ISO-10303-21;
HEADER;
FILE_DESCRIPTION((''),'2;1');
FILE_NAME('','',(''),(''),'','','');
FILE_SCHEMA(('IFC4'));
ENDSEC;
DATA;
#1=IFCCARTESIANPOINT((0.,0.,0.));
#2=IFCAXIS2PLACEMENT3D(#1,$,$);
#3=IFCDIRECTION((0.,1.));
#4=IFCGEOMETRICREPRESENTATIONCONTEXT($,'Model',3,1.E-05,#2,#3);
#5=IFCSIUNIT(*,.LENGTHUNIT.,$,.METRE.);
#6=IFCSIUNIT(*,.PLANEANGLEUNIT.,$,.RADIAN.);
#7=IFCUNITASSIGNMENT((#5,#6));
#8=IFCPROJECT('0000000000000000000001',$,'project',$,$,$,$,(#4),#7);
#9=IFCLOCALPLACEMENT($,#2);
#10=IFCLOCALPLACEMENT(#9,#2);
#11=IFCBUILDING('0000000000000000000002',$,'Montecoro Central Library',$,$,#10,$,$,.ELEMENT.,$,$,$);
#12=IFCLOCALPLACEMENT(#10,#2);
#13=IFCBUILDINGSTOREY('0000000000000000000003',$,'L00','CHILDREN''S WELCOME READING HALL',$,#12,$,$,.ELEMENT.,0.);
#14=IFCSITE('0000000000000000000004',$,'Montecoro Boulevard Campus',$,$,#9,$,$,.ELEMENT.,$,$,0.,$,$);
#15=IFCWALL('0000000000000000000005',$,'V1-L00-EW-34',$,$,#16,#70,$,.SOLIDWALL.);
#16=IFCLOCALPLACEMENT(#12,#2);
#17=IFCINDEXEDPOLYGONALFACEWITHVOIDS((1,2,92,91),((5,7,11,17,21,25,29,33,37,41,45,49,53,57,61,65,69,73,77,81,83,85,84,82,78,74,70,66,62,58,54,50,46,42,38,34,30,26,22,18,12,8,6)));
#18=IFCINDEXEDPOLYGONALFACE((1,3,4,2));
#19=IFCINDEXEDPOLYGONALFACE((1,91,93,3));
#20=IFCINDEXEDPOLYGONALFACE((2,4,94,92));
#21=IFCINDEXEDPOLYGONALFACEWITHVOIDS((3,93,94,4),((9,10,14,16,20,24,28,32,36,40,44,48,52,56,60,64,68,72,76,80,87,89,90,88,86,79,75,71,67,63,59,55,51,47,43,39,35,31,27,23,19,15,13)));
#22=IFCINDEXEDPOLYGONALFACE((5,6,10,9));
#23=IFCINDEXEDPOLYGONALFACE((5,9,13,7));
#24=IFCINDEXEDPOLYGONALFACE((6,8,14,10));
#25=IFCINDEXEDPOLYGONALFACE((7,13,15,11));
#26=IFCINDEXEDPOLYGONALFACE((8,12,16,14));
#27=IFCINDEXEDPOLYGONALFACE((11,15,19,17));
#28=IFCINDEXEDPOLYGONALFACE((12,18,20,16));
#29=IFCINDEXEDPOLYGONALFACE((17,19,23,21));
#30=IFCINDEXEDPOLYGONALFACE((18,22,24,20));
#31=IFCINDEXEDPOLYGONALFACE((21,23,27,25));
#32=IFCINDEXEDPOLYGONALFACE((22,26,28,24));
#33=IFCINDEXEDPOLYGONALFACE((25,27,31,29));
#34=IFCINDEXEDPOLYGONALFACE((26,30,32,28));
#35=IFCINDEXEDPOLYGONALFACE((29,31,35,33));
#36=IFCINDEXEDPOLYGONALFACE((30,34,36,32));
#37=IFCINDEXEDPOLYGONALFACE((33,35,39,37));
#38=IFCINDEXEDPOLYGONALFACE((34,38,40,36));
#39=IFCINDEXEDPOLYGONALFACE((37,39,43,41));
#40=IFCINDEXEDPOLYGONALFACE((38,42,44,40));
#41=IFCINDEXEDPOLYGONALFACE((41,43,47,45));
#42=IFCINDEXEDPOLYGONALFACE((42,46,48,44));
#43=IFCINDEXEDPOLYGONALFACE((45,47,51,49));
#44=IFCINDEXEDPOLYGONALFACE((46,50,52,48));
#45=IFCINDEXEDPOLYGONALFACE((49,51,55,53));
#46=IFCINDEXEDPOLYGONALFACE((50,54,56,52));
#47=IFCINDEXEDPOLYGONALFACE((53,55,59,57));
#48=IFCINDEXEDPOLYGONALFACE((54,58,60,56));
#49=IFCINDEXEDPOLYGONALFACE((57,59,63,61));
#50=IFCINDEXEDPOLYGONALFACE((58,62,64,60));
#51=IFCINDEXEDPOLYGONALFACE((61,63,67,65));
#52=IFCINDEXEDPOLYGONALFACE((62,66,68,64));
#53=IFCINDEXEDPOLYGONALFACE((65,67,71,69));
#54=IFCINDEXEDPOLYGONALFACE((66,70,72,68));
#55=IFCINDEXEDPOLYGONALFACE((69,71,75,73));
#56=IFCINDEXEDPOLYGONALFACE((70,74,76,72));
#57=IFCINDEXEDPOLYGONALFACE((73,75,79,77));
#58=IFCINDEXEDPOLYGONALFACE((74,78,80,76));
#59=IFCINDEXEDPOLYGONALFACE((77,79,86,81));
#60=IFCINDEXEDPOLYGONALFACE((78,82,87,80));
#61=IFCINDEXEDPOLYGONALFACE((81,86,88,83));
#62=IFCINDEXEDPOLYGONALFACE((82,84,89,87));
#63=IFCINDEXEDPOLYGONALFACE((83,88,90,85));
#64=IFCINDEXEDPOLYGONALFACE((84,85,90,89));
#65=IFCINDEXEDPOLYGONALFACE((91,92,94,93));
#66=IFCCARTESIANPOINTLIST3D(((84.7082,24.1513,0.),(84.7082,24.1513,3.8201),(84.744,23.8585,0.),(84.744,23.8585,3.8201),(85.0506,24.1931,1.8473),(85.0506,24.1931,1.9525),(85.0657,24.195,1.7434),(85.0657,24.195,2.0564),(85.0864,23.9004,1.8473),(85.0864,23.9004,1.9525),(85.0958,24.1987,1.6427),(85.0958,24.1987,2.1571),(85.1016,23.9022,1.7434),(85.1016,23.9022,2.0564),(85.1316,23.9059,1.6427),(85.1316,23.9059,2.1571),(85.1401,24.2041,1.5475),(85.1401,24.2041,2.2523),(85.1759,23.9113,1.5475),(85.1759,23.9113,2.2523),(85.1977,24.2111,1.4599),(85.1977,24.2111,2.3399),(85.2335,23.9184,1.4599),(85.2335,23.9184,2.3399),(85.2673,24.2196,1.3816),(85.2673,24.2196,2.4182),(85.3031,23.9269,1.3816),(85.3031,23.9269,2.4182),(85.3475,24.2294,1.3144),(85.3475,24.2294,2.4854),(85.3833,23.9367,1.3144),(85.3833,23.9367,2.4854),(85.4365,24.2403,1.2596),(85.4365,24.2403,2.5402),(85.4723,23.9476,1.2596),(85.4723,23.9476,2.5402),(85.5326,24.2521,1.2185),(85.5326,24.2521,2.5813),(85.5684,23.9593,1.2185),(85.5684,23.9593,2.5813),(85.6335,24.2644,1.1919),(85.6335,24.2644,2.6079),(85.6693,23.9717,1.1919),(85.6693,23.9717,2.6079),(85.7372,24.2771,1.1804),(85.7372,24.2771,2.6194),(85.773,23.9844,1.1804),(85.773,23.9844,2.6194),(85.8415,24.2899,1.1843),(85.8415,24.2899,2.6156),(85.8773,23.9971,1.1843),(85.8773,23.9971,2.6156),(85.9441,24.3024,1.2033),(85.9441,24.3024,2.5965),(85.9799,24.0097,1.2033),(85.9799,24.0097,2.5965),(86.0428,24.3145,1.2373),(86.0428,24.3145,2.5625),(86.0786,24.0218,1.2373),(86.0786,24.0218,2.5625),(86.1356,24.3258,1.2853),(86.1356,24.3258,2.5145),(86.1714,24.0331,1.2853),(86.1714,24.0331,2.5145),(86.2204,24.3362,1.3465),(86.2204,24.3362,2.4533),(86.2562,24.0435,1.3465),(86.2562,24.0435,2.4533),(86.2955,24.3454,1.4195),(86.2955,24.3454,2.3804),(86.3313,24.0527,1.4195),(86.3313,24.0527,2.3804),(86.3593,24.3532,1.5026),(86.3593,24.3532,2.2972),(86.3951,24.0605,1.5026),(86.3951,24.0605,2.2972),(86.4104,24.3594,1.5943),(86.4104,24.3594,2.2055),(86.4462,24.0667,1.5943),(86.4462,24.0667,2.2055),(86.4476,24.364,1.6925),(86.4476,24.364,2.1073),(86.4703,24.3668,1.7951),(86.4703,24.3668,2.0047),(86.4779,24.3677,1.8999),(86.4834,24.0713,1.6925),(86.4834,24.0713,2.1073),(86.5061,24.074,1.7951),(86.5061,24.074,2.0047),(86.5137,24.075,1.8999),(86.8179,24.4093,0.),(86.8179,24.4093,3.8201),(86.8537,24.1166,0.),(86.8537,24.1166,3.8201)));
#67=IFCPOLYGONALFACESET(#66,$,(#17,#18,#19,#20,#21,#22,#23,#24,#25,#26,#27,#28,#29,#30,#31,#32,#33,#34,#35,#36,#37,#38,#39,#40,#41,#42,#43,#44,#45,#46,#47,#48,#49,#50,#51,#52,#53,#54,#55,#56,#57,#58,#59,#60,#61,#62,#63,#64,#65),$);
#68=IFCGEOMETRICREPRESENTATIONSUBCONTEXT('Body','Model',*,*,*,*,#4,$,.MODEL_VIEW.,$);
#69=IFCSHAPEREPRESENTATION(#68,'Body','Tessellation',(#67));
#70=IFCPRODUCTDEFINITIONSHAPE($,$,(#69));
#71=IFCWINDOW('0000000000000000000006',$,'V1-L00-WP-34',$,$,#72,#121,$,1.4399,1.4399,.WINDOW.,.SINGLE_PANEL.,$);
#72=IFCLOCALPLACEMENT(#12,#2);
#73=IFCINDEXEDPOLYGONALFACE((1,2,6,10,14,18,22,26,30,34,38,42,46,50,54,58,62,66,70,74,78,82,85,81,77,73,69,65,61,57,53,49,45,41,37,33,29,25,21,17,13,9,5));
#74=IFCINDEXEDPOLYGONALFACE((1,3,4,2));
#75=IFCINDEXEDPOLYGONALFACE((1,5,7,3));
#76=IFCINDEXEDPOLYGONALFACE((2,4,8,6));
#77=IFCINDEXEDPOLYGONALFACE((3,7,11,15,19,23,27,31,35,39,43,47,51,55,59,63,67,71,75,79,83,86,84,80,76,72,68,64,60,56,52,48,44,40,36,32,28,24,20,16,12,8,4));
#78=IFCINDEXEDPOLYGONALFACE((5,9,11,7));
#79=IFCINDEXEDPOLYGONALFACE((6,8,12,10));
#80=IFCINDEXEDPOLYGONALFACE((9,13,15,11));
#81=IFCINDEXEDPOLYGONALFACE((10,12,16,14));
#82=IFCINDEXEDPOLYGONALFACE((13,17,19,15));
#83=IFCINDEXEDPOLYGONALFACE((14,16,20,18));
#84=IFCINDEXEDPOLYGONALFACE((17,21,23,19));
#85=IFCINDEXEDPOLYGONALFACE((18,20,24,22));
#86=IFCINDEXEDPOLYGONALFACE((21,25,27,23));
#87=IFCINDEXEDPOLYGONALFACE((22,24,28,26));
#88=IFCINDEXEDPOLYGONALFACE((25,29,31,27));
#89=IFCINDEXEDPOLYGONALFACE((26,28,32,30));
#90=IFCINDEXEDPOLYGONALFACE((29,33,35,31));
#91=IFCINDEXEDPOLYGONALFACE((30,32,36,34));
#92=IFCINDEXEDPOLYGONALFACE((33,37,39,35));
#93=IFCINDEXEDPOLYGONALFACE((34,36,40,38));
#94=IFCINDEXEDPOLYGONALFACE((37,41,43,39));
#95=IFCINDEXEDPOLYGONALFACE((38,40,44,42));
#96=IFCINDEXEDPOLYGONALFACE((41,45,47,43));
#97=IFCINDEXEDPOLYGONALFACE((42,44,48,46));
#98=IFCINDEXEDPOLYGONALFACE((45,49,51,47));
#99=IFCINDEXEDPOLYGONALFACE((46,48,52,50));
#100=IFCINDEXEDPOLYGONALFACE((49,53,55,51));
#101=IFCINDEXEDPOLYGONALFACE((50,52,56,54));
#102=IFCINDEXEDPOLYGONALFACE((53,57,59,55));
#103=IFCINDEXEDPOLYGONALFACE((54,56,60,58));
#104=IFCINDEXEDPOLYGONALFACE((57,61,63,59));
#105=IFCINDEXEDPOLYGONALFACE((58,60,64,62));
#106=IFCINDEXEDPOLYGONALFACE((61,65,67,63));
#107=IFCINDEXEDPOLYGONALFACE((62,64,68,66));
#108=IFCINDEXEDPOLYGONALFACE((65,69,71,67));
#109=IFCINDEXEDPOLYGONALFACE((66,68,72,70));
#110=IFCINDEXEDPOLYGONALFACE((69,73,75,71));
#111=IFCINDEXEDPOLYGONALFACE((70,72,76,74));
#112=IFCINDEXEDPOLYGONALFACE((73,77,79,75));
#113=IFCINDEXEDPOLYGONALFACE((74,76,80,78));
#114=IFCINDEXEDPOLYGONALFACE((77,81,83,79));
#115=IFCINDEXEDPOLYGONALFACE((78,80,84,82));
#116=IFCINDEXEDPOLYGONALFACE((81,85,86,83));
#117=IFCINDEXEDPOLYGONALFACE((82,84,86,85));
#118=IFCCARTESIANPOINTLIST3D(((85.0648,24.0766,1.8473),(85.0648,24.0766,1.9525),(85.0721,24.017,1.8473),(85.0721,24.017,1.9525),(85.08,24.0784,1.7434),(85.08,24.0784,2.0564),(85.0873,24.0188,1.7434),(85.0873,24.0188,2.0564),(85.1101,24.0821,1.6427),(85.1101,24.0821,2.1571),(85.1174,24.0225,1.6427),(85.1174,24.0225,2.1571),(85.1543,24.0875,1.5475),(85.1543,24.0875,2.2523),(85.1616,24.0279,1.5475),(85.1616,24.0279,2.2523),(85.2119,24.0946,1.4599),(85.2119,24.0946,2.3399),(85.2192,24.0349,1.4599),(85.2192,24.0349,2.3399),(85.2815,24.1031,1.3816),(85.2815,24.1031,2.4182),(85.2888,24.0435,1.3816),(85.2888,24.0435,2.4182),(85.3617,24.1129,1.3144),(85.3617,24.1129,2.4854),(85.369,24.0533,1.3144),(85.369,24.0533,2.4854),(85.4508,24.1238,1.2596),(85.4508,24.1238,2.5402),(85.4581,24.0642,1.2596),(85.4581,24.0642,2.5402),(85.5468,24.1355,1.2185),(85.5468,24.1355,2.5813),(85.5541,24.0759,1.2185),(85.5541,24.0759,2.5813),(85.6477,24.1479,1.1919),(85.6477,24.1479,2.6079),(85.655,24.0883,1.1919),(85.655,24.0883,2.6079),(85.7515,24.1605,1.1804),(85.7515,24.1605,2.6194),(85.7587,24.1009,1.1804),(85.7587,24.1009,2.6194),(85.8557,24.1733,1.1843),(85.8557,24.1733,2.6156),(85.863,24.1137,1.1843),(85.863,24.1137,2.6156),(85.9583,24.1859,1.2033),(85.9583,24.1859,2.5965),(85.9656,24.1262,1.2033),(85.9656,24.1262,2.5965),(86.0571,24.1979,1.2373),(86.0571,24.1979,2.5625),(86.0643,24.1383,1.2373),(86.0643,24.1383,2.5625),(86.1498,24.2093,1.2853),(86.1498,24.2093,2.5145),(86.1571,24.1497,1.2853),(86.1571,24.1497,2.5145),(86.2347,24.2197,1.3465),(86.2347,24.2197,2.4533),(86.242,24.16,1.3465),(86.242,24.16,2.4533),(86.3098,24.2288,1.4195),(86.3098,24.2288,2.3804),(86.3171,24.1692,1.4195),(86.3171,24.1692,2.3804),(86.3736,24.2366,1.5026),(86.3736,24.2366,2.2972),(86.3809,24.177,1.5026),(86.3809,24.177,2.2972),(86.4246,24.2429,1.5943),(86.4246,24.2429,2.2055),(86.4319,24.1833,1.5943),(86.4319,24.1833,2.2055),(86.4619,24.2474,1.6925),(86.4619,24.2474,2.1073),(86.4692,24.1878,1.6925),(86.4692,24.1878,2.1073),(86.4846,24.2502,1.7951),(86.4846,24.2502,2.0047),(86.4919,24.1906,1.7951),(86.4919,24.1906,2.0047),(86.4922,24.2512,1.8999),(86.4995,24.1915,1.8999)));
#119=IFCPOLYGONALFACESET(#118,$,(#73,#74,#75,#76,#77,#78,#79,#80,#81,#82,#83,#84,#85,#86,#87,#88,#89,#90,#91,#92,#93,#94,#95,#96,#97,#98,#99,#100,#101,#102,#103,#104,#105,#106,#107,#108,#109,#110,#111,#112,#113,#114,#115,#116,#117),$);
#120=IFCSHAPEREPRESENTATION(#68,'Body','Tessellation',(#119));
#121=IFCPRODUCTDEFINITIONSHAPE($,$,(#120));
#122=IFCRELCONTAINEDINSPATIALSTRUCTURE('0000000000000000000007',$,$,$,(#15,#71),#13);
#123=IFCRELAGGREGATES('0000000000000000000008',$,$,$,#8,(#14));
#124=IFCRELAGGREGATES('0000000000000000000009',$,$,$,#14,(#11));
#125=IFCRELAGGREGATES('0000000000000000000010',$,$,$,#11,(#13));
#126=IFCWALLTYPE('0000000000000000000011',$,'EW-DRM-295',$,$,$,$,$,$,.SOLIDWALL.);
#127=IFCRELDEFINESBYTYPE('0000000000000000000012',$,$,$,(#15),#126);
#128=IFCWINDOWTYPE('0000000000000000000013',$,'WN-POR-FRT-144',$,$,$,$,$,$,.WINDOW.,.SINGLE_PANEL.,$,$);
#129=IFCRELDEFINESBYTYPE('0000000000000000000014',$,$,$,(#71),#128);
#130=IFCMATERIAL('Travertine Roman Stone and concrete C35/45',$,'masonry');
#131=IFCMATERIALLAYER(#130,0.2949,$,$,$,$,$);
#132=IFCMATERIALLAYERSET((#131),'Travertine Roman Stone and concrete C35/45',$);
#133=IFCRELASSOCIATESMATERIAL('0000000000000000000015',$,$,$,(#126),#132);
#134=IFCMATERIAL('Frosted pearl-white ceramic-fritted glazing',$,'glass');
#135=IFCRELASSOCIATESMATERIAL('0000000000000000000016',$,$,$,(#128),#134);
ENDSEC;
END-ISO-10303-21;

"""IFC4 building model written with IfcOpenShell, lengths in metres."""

from ifc_helpers import new_model, si_unit, direction, frame, frame_2d, origin, place, context, subcontext, project, spatial, rectangle, circle, extrude, material, layer, layer_set, type_object, element, fill, save


model = new_model("IFC4")

# Units and contexts
model_context = context("Model", 3, precision=1e-05, world=origin(), true_north=direction((0.0, 1.0)))
body_context = subcontext(model_context, "Body", "Model", "MODEL_VIEW")
ifc_project = project(units=[si_unit("LENGTHUNIT", "METRE"), si_unit("PLANEANGLEUNIT", "RADIAN")], contexts=[model_context])

# Site, building, storey
site_placement = place(None, origin())
site = spatial("IfcSite", under=ifc_project, at=site_placement, Name="Montecoro Boulevard Campus", CompositionType="ELEMENT", RefElevation=0.0)
building_placement = place(site_placement, origin())
building = spatial("IfcBuilding", under=site, at=building_placement, Name="Montecoro Central Library", CompositionType="ELEMENT")
storey_placement = place(building_placement, origin())
storey = spatial("IfcBuildingStorey", under=building, at=storey_placement, Name="L00", Description="CHILDREN'S WELCOME READING HALL", CompositionType="ELEMENT", Elevation=0.0)

# Wall, opening, window
ifc_material_1 = material(Name="Travertine Roman Stone and concrete C35/45", Category="masonry")
ifc_layer_1 = layer(ifc_material_1, 0.2949)
ifc_layer_set_1 = layer_set([ifc_layer_1], Name="Travertine Roman Stone and concrete C35/45")
wall_type_1 = type_object("IfcWallType", Name="EW-DRM-295", PredefinedType="SOLIDWALL", material=ifc_layer_set_1)
wall_1_placement = place(storey_placement, frame((84.7261, 24.0049, 0.0), z_axis=(0.0, 0.0, 1.0), x_axis=(0.992603, 0.121405, 0.0)))
wall_1 = element("IfcWall", 1, at=wall_1_placement, inside=storey, type_object=wall_type_1, Name="V1-L00-EW-34", PredefinedType="SOLIDWALL", context=body_context, shape_type="SweptSolid", body=[
    extrude(rectangle(XDim=2.1255, YDim=0.2949, at=frame_2d((1.0627, 0.0))), origin(), (0.0, 0.0, 1.0), 3.8201),
])
opening_1_placement = place(wall_1_placement, frame((0.343, 0.0, 1.1799)))
opening_1 = element("IfcOpeningElement", 2, at=opening_1_placement, cuts=wall_1, PredefinedType="OPENING", context=body_context, shape_type="SweptSolid", body=[
    extrude(circle(Radius=0.72, at=frame_2d((0.72, 0.72))), frame((0.0, 0.1575, 0.0), z_axis=(0.0, -1.0, 0.0), x_axis=(1.0, 0.0, 0.0)), (0.0, 0.0, 1.0), 0.3149),
])
ifc_material_2 = material(Name="Frosted pearl-white ceramic-fritted glazing", Category="glass")
window_type_1 = type_object("IfcWindowType", Name="WN-POR-FRT-144", PartitioningType="SINGLE_PANEL", PredefinedType="WINDOW", material=ifc_material_2)
window_1_placement = place(opening_1_placement, origin())
window_1 = element("IfcWindow", 3, at=window_1_placement, inside=storey, type_object=window_type_1, Name="V1-L00-WP-34", OverallHeight=1.4399, OverallWidth=1.4399, PartitioningType="SINGLE_PANEL", PredefinedType="WINDOW", context=body_context, shape_type="SweptSolid", body=[
    extrude(circle(Radius=0.72, at=frame_2d((0.72, 0.72))), frame((0.0, 0.03, 0.0), z_axis=(0.0, -1.0, 0.0), x_axis=(1.0, 0.0, 0.0)), (0.0, 0.0, 1.0), 0.0601),
])
fill(opening_1, window_1)

save(model, "model.ifc")
